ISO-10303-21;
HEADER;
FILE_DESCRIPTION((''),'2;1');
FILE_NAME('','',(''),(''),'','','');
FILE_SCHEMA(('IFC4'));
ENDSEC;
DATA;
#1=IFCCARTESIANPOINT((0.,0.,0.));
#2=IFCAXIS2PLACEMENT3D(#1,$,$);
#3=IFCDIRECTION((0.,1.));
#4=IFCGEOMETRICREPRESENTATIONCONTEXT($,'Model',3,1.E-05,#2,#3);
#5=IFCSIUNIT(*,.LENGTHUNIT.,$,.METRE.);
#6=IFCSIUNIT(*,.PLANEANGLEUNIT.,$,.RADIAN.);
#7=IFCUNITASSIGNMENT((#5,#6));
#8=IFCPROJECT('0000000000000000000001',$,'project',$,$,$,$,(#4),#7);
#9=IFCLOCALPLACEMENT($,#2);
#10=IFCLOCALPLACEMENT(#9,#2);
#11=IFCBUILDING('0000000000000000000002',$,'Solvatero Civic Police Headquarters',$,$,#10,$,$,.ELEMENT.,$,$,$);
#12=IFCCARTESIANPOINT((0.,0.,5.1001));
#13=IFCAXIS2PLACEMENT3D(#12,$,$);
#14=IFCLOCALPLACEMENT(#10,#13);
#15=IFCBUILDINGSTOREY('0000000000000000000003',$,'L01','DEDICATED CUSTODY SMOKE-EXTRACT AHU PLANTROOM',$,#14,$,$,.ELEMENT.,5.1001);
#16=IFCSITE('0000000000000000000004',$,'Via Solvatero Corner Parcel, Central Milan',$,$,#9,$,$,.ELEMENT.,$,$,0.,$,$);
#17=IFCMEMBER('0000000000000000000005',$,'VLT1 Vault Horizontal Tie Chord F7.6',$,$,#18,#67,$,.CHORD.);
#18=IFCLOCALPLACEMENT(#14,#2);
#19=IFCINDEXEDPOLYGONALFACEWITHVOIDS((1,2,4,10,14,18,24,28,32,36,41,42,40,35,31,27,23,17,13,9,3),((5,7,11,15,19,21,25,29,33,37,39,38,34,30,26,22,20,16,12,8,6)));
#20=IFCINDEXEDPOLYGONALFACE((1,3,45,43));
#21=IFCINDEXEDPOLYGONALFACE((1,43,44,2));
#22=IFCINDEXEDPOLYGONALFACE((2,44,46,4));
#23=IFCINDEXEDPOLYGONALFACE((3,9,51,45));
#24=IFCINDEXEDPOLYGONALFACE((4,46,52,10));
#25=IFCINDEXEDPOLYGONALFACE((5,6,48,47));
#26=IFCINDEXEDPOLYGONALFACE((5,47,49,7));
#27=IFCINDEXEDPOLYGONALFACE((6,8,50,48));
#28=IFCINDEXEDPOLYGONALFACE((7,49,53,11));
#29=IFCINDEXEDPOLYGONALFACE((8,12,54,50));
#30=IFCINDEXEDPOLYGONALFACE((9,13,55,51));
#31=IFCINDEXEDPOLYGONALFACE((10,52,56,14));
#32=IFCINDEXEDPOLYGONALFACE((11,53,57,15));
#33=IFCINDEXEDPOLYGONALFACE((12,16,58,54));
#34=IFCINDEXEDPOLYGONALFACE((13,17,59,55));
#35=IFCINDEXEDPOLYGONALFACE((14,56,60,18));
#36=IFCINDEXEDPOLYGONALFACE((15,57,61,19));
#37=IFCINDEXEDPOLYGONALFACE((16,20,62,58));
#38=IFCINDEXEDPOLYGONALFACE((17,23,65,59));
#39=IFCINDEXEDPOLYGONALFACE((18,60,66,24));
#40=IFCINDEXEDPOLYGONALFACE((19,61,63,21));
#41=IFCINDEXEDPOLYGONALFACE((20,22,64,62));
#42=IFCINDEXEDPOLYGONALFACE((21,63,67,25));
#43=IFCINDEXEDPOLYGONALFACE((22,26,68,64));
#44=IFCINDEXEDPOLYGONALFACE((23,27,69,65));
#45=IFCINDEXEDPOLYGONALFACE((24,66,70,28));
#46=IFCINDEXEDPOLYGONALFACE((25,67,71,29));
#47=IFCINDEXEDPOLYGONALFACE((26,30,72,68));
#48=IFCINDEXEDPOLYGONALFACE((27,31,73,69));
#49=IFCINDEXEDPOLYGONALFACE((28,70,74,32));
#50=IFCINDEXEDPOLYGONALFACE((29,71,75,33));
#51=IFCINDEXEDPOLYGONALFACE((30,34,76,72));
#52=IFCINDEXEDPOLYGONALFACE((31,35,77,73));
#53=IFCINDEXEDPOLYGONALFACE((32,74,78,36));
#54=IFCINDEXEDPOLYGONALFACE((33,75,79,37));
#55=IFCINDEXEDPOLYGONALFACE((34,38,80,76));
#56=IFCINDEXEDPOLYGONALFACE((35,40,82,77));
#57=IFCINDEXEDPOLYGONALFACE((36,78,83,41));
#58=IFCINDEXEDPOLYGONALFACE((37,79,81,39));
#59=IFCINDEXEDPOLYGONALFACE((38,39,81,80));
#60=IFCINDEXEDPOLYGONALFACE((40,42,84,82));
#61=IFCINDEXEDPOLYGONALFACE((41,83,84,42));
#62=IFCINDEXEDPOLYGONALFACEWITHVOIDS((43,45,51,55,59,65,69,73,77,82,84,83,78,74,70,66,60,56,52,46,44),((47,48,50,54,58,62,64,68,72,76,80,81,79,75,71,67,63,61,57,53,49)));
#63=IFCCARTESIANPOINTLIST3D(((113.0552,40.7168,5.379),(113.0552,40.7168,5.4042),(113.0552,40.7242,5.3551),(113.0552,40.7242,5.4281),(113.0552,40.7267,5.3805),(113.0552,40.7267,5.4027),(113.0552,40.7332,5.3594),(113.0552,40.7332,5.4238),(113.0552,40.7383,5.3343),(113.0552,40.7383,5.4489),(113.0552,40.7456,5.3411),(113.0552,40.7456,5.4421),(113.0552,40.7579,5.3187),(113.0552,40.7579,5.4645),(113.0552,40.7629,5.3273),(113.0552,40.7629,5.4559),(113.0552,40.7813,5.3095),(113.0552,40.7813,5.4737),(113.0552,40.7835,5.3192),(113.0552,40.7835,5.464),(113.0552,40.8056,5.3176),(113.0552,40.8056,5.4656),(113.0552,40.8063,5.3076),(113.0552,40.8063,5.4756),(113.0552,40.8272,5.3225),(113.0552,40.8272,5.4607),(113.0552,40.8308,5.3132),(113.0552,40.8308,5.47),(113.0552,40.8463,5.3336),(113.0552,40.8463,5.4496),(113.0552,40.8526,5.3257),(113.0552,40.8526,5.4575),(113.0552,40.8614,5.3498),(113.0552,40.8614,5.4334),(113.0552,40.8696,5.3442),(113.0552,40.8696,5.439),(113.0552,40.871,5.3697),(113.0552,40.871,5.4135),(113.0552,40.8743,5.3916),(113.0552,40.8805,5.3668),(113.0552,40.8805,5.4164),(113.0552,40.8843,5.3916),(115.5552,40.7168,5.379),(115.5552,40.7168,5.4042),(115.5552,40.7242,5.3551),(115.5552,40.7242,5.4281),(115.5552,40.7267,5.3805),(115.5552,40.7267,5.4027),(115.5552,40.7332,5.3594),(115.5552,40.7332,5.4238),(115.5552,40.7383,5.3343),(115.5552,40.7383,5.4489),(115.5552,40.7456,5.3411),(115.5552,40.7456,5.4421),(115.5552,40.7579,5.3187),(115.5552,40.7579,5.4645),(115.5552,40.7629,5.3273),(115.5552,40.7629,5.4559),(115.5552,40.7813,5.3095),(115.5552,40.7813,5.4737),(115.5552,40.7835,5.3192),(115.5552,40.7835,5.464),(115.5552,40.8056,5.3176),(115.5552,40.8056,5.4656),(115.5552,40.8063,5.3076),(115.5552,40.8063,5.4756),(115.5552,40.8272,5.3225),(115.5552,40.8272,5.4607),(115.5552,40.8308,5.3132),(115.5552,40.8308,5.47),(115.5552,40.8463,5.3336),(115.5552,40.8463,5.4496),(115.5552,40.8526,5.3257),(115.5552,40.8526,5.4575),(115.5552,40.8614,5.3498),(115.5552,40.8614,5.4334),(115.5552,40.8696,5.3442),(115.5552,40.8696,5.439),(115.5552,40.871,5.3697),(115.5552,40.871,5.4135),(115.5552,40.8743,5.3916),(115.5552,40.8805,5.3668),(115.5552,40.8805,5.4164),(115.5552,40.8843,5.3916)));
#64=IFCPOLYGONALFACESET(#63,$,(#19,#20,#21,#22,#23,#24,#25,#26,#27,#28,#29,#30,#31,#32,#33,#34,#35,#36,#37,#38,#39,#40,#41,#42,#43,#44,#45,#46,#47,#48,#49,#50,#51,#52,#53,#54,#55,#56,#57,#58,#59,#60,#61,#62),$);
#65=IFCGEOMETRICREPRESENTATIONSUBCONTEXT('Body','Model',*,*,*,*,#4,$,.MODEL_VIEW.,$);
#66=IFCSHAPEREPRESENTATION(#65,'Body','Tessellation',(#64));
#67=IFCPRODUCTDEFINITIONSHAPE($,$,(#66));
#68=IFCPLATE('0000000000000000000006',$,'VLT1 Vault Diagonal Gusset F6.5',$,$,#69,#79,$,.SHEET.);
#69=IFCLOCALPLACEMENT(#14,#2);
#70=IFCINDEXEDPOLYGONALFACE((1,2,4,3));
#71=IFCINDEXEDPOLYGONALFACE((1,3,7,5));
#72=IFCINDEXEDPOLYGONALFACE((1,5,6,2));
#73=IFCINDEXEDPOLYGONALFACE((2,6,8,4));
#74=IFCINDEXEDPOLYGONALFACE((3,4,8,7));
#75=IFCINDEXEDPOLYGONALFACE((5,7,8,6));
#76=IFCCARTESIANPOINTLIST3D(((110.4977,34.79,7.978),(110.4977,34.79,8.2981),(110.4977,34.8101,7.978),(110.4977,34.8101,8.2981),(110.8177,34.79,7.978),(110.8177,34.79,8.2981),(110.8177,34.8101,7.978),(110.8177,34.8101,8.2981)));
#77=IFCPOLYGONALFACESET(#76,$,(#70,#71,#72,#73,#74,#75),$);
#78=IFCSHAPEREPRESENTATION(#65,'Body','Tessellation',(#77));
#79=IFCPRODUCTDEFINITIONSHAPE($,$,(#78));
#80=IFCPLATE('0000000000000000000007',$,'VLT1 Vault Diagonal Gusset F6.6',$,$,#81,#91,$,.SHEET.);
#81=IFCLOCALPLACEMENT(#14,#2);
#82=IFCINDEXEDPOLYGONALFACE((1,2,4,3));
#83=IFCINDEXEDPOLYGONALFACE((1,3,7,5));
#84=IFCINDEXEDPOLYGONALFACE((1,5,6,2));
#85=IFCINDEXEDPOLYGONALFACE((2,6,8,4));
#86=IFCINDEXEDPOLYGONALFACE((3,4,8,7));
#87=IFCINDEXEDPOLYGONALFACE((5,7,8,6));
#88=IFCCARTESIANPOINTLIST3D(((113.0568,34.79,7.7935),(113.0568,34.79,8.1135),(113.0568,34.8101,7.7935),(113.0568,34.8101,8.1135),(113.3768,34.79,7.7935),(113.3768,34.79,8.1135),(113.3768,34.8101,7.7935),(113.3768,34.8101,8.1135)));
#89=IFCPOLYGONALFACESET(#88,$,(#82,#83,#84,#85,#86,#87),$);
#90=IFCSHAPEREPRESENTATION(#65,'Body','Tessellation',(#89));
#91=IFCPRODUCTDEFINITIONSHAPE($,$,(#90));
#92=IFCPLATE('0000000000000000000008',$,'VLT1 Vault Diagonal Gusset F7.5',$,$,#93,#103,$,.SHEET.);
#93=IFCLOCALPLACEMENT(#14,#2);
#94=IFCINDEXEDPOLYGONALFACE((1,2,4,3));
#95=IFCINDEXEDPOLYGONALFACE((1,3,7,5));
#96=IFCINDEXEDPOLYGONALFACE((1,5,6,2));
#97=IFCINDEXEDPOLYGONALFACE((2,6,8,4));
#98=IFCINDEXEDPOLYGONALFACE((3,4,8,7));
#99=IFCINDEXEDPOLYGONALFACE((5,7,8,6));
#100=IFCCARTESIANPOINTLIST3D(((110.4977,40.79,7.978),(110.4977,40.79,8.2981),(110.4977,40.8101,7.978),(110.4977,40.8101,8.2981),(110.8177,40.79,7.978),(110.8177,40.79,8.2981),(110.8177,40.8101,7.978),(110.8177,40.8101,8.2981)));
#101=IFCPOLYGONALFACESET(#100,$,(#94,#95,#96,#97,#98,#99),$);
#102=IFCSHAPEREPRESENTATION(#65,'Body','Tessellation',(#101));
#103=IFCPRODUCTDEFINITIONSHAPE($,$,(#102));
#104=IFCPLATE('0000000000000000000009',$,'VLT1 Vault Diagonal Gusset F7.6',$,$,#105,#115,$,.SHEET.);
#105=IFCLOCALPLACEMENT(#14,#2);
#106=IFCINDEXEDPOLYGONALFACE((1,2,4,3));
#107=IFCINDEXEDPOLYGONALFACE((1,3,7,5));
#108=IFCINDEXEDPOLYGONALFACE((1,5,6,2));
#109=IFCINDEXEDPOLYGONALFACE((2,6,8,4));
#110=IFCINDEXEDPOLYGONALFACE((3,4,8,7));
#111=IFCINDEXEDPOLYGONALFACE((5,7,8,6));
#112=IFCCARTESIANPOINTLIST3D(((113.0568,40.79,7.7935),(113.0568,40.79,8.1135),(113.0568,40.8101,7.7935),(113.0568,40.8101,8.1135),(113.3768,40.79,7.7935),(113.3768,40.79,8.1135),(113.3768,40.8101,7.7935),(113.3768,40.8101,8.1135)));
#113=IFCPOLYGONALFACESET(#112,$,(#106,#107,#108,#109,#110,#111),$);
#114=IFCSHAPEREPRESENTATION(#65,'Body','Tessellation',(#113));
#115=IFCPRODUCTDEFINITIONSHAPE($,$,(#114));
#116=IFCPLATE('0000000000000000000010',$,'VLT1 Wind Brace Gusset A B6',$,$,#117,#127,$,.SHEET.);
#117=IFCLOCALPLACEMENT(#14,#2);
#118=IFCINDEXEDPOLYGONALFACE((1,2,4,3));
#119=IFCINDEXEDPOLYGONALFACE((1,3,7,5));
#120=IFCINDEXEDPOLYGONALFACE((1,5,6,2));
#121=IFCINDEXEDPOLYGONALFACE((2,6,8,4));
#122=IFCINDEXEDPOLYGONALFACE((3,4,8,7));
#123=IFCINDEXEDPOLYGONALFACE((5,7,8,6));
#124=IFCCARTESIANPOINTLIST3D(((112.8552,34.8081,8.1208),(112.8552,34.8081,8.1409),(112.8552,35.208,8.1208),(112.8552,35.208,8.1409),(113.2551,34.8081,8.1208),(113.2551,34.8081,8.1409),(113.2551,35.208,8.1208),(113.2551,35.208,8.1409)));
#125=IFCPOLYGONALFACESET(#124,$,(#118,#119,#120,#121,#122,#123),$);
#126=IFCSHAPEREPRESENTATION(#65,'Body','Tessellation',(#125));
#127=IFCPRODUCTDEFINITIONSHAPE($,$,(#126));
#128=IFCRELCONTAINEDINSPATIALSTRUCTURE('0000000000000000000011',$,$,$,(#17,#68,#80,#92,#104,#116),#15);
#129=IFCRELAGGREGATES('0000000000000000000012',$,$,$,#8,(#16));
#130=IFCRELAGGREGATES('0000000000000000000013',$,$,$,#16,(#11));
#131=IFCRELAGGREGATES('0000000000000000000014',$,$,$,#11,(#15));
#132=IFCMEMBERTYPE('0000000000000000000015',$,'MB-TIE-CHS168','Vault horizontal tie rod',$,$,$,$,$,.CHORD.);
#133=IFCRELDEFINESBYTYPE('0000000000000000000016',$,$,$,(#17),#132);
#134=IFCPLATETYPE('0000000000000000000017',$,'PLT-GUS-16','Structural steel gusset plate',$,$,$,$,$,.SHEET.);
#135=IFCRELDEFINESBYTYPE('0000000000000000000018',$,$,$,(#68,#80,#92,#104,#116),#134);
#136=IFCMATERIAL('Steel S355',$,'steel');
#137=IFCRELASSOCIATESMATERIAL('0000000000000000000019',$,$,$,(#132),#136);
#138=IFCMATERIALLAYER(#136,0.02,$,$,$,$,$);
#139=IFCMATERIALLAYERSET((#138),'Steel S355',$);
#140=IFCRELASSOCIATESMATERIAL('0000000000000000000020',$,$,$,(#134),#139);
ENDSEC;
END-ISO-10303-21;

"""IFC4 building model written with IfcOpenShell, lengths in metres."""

from ifc_helpers import new_model, si_unit, direction, frame, origin, origin_2d, place, context, subcontext, project, spatial, rectangle, hollow_circle, extrude, material, layer, layer_set, material_profile, profile_set, type_object, element, save


model = new_model("IFC4")

# Units and contexts
model_context = context("Model", 3, precision=1e-05, world=origin(), true_north=direction((0.0, 1.0)))
body_context = subcontext(model_context, "Body", "Model", "MODEL_VIEW")
ifc_project = project(units=[si_unit("LENGTHUNIT", "METRE"), si_unit("PLANEANGLEUNIT", "RADIAN")], contexts=[model_context])

# Site, building, storey
site_placement = place(None, origin())
site = spatial("IfcSite", under=ifc_project, at=site_placement, Name="Via Solvatero Corner Parcel, Central Milan", CompositionType="ELEMENT", RefElevation=0.0)
building_placement = place(site_placement, origin())
building = spatial("IfcBuilding", under=site, at=building_placement, Name="Solvatero Civic Police Headquarters", CompositionType="ELEMENT")
storey_placement = place(building_placement, frame((0.0, 0.0, 5.1001)))
storey = spatial("IfcBuildingStorey", under=building, at=storey_placement, Name="L01", Description="DEDICATED CUSTODY SMOKE-EXTRACT AHU PLANTROOM", CompositionType="ELEMENT", Elevation=5.1001)

# Shared definitions
ifc_material = material(Name="Steel S355", Category="steel")

# Member
ifc_material_profile_1 = material_profile(ifc_material, hollow_circle(Radius=0.0842, WallThickness=0.01, at=origin_2d()), Name="CHS 168.3x10.0")
ifc_profile_set_1 = profile_set([ifc_material_profile_1], Name="Steel S355")
member_type_1 = type_object("IfcMemberType", Name="MB-TIE-CHS168", Description="Vault horizontal tie rod", PredefinedType="CHORD", material=ifc_profile_set_1)
member_1_placement = place(storey_placement, frame((113.0552, 40.8, 5.3916), z_axis=(1.0, 0.0, 0.0), x_axis=(0.0, 1.0, 0.0)))
element("IfcMember", 1, at=member_1_placement, inside=storey, type_object=member_type_1, Name="VLT1 Vault Horizontal Tie Chord F7.6", PredefinedType="CHORD", context=body_context, shape_type="SweptSolid", body=[
    extrude(hollow_circle(Radius=0.0842, WallThickness=0.01, at=origin_2d()), origin(), (0.0, 0.0, 1.0), 2.5),
])

# Plates
ifc_layer = layer(ifc_material, 0.02)
ifc_layer_set = layer_set([ifc_layer], Name="Steel S355")
plate_type = type_object("IfcPlateType", Name="PLT-GUS-16", Description="Structural steel gusset plate", PredefinedType="SHEET", material=ifc_layer_set)
for number, where, z_axis, x_axis, name in (
    (2, (110.6577, 34.8, 7.978), (0.0, 0.0, 1.0), (1.0, 0.0, 0.0), "VLT1 Vault Diagonal Gusset F6.5"),
    (3, (113.2168, 34.8, 7.7935), (0.0, 0.0, 1.0), (1.0, 0.0, 0.0), "VLT1 Vault Diagonal Gusset F6.6"),
    (4, (110.6577, 40.8, 7.978), (0.0, 0.0, 1.0), (1.0, 0.0, 0.0), "VLT1 Vault Diagonal Gusset F7.5"),
    (5, (113.2168, 40.8, 7.7935), (0.0, 0.0, 1.0), (1.0, 0.0, 0.0), "VLT1 Vault Diagonal Gusset F7.6"),
):
    element("IfcPlate", number, at=place(storey_placement, frame(where, z_axis=z_axis, x_axis=x_axis)), inside=storey, type_object=plate_type, Name=name, PredefinedType="SHEET", context=body_context, shape_type="SweptSolid", body=[
        extrude(rectangle(XDim=0.3201, YDim=0.02, at=origin_2d()), origin(), (0.0, 0.0, 1.0), 0.3201),
    ])
plate_placement = place(storey_placement, frame((113.0552, 35.0081, 8.1208), z_axis=(0.0, 0.0, 1.0), x_axis=(1.0, 0.0, 0.0)))
element("IfcPlate", 6, at=plate_placement, inside=storey, type_object=plate_type, Name="VLT1 Wind Brace Gusset A B6", PredefinedType="SHEET", context=body_context, shape_type="SweptSolid", body=[
    extrude(rectangle(XDim=0.3999, YDim=0.3999, at=origin_2d()), origin(), (0.0, 0.0, 1.0), 0.02),
])

save(model, "model.ifc")
